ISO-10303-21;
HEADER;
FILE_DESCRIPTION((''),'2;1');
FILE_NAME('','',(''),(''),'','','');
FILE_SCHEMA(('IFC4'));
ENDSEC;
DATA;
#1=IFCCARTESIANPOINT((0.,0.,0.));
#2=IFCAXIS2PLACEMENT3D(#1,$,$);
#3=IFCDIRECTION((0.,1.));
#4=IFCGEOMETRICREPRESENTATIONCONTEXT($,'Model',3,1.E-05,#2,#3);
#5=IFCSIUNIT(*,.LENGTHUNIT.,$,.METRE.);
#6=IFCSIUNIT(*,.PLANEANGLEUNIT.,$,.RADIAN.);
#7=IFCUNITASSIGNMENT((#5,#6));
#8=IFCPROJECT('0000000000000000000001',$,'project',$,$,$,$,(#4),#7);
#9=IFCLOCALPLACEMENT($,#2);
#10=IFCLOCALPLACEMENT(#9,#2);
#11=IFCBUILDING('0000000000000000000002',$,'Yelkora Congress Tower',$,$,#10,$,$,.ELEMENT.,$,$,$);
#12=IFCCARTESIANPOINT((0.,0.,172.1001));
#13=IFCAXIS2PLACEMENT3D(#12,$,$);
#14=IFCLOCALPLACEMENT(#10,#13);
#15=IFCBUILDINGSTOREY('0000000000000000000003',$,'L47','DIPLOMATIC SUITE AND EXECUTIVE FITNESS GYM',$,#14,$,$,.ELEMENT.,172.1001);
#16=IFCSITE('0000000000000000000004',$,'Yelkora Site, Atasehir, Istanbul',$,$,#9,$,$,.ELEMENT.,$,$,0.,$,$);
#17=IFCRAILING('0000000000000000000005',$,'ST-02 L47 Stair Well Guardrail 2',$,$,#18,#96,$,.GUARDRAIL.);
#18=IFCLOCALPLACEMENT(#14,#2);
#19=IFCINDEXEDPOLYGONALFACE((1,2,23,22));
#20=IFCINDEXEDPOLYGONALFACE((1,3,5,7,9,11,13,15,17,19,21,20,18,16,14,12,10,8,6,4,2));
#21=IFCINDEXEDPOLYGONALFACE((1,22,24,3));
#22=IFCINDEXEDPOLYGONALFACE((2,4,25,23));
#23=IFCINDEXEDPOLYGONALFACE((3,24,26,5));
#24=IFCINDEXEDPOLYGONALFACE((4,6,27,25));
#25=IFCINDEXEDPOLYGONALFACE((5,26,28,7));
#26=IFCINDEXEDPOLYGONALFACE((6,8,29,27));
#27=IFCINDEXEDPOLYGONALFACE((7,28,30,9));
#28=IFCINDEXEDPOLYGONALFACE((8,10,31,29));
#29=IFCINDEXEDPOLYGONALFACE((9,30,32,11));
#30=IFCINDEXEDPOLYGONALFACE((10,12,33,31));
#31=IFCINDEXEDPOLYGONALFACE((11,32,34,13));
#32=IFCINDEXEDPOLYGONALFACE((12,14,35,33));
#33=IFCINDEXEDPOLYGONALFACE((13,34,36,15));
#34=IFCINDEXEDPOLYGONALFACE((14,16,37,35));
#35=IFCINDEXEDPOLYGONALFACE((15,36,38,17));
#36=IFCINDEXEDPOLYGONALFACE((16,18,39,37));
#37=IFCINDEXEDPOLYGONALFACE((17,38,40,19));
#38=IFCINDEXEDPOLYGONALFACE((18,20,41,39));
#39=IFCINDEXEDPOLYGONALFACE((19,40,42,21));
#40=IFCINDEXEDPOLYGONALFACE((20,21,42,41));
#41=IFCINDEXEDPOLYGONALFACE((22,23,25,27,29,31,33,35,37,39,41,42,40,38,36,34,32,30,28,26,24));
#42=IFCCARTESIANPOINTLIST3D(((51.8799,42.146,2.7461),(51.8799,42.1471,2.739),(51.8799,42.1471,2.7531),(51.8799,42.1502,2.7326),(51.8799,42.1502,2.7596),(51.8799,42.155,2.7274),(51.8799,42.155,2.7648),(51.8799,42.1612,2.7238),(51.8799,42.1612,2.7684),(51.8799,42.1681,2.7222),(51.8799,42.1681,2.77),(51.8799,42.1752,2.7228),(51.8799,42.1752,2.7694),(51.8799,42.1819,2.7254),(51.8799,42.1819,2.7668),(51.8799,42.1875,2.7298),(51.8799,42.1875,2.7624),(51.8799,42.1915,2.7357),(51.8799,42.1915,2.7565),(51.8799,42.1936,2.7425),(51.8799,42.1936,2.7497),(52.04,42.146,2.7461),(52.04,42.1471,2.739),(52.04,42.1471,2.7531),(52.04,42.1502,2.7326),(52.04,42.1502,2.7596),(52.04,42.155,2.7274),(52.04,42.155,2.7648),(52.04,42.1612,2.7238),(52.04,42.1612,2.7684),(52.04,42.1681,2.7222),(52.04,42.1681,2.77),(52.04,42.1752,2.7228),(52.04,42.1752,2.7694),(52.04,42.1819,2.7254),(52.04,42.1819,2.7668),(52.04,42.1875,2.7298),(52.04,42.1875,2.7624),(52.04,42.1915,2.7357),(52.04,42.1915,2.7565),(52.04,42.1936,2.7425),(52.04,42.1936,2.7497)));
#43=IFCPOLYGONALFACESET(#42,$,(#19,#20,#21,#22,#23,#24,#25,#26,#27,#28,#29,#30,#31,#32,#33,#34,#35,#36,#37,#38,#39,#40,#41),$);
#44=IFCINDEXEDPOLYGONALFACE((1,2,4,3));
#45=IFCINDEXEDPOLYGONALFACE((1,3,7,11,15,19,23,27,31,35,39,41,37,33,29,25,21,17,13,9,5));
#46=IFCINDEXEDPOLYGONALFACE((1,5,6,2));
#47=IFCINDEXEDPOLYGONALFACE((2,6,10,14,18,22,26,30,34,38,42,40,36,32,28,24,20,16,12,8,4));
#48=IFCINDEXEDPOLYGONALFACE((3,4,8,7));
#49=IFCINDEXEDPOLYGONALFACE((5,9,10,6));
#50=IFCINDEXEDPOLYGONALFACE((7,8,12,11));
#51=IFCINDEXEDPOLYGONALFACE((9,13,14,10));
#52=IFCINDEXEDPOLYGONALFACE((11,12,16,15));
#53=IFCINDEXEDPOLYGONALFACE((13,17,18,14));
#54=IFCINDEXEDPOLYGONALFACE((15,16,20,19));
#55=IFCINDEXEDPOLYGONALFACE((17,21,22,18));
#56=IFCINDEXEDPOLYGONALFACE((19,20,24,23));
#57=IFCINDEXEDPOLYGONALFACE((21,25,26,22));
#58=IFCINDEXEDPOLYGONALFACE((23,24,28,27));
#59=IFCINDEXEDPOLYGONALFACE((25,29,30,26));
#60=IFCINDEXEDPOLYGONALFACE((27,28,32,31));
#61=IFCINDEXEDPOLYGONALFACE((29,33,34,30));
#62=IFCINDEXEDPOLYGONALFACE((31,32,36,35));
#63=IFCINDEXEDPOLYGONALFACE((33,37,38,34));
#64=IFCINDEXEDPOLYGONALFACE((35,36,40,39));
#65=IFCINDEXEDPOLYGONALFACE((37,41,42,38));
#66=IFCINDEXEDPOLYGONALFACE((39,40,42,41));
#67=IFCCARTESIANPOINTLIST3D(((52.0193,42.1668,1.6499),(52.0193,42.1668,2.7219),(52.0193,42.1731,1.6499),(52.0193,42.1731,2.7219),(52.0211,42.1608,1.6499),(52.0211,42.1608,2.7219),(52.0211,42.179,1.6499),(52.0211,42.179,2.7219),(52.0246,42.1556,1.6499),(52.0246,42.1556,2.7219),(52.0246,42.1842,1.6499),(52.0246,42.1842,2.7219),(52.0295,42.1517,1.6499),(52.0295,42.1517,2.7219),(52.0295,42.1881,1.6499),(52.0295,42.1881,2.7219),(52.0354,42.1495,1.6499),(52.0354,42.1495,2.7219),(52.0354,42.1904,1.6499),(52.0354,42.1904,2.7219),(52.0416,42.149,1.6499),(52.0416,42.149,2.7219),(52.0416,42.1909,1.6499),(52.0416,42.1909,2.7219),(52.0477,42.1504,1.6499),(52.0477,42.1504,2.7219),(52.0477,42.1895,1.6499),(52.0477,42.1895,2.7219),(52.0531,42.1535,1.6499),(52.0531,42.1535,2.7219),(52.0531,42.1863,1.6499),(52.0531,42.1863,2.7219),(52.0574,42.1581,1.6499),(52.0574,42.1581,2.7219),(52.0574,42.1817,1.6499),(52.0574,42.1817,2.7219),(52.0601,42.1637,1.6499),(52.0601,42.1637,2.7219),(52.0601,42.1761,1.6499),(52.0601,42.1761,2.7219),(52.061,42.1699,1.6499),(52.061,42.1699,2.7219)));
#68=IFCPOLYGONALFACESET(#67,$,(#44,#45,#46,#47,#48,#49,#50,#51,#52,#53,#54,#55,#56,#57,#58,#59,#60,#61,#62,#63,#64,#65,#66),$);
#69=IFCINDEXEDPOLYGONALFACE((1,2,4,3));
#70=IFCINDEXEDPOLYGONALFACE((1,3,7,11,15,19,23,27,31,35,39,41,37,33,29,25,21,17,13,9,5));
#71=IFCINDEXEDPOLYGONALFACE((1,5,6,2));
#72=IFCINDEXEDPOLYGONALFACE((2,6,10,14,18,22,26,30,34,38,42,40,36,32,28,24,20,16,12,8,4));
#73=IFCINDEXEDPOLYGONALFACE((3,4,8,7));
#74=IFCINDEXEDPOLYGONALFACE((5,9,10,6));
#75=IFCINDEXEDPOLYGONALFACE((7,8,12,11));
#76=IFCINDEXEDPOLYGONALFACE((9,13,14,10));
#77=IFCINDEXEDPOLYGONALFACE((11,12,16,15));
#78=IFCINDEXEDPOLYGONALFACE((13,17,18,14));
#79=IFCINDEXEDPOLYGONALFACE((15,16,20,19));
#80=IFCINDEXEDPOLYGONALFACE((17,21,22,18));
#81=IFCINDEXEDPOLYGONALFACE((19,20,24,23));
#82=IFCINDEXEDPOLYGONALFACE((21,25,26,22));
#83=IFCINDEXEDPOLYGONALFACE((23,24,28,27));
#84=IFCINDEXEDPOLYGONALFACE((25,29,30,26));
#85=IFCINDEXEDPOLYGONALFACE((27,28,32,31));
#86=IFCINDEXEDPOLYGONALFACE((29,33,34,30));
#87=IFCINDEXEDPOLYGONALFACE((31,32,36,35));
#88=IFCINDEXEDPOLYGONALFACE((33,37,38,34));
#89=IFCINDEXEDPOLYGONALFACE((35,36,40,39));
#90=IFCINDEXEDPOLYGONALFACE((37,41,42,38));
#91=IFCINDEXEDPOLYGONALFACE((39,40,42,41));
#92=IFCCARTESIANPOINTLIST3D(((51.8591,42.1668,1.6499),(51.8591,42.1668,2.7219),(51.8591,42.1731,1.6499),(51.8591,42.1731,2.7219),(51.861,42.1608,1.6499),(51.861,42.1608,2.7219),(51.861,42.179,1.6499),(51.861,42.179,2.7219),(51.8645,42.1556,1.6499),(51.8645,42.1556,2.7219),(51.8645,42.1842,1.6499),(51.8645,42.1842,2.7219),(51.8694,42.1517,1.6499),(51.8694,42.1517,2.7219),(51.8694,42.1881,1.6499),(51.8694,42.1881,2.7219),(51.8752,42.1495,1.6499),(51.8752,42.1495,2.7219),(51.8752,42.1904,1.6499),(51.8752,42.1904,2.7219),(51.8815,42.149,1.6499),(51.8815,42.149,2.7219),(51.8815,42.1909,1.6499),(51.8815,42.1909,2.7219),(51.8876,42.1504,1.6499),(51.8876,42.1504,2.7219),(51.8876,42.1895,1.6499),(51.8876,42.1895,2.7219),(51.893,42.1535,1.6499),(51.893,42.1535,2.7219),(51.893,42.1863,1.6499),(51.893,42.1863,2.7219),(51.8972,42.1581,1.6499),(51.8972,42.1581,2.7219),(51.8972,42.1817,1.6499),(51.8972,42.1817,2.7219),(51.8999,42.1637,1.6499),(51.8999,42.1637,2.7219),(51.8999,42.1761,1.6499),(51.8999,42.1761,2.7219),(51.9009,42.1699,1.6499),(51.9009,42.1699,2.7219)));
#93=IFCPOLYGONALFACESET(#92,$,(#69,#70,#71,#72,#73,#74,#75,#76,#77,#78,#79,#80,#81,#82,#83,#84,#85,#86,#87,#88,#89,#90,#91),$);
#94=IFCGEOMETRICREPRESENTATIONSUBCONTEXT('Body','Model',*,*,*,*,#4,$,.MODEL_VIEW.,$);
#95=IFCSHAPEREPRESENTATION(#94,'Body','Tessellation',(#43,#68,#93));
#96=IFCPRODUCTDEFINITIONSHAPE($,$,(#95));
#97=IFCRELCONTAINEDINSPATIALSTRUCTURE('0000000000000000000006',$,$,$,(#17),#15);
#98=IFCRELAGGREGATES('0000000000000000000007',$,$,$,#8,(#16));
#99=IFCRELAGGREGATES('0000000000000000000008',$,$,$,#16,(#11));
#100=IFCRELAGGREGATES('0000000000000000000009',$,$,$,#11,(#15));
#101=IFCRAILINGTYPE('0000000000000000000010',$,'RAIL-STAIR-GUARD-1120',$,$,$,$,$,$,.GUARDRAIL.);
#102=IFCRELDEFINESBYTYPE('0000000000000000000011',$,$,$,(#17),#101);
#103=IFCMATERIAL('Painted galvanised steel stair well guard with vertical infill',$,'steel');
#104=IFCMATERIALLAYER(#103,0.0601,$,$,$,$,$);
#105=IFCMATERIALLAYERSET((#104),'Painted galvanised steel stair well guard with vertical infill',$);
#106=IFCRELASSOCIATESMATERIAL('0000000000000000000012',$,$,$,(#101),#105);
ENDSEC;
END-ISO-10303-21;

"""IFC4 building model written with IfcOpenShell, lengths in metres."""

from ifc_helpers import new_model, si_unit, direction, frame, origin, origin_2d, place, context, subcontext, project, spatial, circle, extrude, material, layer, layer_set, type_object, element, save


model = new_model("IFC4")

# Units and contexts
model_context = context("Model", 3, precision=1e-05, world=origin(), true_north=direction((0.0, 1.0)))
body_context = subcontext(model_context, "Body", "Model", "MODEL_VIEW")
ifc_project = project(units=[si_unit("LENGTHUNIT", "METRE"), si_unit("PLANEANGLEUNIT", "RADIAN")], contexts=[model_context])

# Site, building, storey
site_placement = place(None, origin())
site = spatial("IfcSite", under=ifc_project, at=site_placement, Name="Yelkora Site, Atasehir, Istanbul", CompositionType="ELEMENT", RefElevation=0.0)
building_placement = place(site_placement, origin())
building = spatial("IfcBuilding", under=site, at=building_placement, Name="Yelkora Congress Tower", CompositionType="ELEMENT")
storey_placement = place(building_placement, frame((0.0, 0.0, 172.1001)))
storey = spatial("IfcBuildingStorey", under=building, at=storey_placement, Name="L47", Description="DIPLOMATIC SUITE AND EXECUTIVE FITNESS GYM", CompositionType="ELEMENT", Elevation=172.1001)

# Railing
ifc_material_1 = material(Name="Painted galvanised steel stair well guard with vertical infill", Category="steel")
ifc_layer_1 = layer(ifc_material_1, 0.0601)
ifc_layer_set_1 = layer_set([ifc_layer_1], Name="Painted galvanised steel stair well guard with vertical infill")
railing_type_1 = type_object("IfcRailingType", Name="RAIL-STAIR-GUARD-1120", PredefinedType="GUARDRAIL", material=ifc_layer_set_1)
railing_1_placement = place(storey_placement, frame((52.04, 42.1699, 1.6499)))
element("IfcRailing", 1, at=railing_1_placement, inside=storey, type_object=railing_type_1, Name="ST-02 L47 Stair Well Guardrail 2", PredefinedType="GUARDRAIL", context=body_context, shape_type="SweptSolid", body=[
    extrude(circle(Radius=0.0239, at=origin_2d()), frame((0.0, 0.0, 1.0962), z_axis=(-1.0, 0.0, 0.0), x_axis=(0.0, -1.0, 0.0)), (0.0, 0.0, 1.0), 0.1602),
    extrude(circle(Radius=0.021, at=origin_2d()), origin(), (0.0, 0.0, 1.0), 1.072),
    extrude(circle(Radius=0.021, at=origin_2d()), frame((-0.1602, 0.0, 0.0)), (0.0, 0.0, 1.0), 1.072),
])

save(model, "model.ifc")
